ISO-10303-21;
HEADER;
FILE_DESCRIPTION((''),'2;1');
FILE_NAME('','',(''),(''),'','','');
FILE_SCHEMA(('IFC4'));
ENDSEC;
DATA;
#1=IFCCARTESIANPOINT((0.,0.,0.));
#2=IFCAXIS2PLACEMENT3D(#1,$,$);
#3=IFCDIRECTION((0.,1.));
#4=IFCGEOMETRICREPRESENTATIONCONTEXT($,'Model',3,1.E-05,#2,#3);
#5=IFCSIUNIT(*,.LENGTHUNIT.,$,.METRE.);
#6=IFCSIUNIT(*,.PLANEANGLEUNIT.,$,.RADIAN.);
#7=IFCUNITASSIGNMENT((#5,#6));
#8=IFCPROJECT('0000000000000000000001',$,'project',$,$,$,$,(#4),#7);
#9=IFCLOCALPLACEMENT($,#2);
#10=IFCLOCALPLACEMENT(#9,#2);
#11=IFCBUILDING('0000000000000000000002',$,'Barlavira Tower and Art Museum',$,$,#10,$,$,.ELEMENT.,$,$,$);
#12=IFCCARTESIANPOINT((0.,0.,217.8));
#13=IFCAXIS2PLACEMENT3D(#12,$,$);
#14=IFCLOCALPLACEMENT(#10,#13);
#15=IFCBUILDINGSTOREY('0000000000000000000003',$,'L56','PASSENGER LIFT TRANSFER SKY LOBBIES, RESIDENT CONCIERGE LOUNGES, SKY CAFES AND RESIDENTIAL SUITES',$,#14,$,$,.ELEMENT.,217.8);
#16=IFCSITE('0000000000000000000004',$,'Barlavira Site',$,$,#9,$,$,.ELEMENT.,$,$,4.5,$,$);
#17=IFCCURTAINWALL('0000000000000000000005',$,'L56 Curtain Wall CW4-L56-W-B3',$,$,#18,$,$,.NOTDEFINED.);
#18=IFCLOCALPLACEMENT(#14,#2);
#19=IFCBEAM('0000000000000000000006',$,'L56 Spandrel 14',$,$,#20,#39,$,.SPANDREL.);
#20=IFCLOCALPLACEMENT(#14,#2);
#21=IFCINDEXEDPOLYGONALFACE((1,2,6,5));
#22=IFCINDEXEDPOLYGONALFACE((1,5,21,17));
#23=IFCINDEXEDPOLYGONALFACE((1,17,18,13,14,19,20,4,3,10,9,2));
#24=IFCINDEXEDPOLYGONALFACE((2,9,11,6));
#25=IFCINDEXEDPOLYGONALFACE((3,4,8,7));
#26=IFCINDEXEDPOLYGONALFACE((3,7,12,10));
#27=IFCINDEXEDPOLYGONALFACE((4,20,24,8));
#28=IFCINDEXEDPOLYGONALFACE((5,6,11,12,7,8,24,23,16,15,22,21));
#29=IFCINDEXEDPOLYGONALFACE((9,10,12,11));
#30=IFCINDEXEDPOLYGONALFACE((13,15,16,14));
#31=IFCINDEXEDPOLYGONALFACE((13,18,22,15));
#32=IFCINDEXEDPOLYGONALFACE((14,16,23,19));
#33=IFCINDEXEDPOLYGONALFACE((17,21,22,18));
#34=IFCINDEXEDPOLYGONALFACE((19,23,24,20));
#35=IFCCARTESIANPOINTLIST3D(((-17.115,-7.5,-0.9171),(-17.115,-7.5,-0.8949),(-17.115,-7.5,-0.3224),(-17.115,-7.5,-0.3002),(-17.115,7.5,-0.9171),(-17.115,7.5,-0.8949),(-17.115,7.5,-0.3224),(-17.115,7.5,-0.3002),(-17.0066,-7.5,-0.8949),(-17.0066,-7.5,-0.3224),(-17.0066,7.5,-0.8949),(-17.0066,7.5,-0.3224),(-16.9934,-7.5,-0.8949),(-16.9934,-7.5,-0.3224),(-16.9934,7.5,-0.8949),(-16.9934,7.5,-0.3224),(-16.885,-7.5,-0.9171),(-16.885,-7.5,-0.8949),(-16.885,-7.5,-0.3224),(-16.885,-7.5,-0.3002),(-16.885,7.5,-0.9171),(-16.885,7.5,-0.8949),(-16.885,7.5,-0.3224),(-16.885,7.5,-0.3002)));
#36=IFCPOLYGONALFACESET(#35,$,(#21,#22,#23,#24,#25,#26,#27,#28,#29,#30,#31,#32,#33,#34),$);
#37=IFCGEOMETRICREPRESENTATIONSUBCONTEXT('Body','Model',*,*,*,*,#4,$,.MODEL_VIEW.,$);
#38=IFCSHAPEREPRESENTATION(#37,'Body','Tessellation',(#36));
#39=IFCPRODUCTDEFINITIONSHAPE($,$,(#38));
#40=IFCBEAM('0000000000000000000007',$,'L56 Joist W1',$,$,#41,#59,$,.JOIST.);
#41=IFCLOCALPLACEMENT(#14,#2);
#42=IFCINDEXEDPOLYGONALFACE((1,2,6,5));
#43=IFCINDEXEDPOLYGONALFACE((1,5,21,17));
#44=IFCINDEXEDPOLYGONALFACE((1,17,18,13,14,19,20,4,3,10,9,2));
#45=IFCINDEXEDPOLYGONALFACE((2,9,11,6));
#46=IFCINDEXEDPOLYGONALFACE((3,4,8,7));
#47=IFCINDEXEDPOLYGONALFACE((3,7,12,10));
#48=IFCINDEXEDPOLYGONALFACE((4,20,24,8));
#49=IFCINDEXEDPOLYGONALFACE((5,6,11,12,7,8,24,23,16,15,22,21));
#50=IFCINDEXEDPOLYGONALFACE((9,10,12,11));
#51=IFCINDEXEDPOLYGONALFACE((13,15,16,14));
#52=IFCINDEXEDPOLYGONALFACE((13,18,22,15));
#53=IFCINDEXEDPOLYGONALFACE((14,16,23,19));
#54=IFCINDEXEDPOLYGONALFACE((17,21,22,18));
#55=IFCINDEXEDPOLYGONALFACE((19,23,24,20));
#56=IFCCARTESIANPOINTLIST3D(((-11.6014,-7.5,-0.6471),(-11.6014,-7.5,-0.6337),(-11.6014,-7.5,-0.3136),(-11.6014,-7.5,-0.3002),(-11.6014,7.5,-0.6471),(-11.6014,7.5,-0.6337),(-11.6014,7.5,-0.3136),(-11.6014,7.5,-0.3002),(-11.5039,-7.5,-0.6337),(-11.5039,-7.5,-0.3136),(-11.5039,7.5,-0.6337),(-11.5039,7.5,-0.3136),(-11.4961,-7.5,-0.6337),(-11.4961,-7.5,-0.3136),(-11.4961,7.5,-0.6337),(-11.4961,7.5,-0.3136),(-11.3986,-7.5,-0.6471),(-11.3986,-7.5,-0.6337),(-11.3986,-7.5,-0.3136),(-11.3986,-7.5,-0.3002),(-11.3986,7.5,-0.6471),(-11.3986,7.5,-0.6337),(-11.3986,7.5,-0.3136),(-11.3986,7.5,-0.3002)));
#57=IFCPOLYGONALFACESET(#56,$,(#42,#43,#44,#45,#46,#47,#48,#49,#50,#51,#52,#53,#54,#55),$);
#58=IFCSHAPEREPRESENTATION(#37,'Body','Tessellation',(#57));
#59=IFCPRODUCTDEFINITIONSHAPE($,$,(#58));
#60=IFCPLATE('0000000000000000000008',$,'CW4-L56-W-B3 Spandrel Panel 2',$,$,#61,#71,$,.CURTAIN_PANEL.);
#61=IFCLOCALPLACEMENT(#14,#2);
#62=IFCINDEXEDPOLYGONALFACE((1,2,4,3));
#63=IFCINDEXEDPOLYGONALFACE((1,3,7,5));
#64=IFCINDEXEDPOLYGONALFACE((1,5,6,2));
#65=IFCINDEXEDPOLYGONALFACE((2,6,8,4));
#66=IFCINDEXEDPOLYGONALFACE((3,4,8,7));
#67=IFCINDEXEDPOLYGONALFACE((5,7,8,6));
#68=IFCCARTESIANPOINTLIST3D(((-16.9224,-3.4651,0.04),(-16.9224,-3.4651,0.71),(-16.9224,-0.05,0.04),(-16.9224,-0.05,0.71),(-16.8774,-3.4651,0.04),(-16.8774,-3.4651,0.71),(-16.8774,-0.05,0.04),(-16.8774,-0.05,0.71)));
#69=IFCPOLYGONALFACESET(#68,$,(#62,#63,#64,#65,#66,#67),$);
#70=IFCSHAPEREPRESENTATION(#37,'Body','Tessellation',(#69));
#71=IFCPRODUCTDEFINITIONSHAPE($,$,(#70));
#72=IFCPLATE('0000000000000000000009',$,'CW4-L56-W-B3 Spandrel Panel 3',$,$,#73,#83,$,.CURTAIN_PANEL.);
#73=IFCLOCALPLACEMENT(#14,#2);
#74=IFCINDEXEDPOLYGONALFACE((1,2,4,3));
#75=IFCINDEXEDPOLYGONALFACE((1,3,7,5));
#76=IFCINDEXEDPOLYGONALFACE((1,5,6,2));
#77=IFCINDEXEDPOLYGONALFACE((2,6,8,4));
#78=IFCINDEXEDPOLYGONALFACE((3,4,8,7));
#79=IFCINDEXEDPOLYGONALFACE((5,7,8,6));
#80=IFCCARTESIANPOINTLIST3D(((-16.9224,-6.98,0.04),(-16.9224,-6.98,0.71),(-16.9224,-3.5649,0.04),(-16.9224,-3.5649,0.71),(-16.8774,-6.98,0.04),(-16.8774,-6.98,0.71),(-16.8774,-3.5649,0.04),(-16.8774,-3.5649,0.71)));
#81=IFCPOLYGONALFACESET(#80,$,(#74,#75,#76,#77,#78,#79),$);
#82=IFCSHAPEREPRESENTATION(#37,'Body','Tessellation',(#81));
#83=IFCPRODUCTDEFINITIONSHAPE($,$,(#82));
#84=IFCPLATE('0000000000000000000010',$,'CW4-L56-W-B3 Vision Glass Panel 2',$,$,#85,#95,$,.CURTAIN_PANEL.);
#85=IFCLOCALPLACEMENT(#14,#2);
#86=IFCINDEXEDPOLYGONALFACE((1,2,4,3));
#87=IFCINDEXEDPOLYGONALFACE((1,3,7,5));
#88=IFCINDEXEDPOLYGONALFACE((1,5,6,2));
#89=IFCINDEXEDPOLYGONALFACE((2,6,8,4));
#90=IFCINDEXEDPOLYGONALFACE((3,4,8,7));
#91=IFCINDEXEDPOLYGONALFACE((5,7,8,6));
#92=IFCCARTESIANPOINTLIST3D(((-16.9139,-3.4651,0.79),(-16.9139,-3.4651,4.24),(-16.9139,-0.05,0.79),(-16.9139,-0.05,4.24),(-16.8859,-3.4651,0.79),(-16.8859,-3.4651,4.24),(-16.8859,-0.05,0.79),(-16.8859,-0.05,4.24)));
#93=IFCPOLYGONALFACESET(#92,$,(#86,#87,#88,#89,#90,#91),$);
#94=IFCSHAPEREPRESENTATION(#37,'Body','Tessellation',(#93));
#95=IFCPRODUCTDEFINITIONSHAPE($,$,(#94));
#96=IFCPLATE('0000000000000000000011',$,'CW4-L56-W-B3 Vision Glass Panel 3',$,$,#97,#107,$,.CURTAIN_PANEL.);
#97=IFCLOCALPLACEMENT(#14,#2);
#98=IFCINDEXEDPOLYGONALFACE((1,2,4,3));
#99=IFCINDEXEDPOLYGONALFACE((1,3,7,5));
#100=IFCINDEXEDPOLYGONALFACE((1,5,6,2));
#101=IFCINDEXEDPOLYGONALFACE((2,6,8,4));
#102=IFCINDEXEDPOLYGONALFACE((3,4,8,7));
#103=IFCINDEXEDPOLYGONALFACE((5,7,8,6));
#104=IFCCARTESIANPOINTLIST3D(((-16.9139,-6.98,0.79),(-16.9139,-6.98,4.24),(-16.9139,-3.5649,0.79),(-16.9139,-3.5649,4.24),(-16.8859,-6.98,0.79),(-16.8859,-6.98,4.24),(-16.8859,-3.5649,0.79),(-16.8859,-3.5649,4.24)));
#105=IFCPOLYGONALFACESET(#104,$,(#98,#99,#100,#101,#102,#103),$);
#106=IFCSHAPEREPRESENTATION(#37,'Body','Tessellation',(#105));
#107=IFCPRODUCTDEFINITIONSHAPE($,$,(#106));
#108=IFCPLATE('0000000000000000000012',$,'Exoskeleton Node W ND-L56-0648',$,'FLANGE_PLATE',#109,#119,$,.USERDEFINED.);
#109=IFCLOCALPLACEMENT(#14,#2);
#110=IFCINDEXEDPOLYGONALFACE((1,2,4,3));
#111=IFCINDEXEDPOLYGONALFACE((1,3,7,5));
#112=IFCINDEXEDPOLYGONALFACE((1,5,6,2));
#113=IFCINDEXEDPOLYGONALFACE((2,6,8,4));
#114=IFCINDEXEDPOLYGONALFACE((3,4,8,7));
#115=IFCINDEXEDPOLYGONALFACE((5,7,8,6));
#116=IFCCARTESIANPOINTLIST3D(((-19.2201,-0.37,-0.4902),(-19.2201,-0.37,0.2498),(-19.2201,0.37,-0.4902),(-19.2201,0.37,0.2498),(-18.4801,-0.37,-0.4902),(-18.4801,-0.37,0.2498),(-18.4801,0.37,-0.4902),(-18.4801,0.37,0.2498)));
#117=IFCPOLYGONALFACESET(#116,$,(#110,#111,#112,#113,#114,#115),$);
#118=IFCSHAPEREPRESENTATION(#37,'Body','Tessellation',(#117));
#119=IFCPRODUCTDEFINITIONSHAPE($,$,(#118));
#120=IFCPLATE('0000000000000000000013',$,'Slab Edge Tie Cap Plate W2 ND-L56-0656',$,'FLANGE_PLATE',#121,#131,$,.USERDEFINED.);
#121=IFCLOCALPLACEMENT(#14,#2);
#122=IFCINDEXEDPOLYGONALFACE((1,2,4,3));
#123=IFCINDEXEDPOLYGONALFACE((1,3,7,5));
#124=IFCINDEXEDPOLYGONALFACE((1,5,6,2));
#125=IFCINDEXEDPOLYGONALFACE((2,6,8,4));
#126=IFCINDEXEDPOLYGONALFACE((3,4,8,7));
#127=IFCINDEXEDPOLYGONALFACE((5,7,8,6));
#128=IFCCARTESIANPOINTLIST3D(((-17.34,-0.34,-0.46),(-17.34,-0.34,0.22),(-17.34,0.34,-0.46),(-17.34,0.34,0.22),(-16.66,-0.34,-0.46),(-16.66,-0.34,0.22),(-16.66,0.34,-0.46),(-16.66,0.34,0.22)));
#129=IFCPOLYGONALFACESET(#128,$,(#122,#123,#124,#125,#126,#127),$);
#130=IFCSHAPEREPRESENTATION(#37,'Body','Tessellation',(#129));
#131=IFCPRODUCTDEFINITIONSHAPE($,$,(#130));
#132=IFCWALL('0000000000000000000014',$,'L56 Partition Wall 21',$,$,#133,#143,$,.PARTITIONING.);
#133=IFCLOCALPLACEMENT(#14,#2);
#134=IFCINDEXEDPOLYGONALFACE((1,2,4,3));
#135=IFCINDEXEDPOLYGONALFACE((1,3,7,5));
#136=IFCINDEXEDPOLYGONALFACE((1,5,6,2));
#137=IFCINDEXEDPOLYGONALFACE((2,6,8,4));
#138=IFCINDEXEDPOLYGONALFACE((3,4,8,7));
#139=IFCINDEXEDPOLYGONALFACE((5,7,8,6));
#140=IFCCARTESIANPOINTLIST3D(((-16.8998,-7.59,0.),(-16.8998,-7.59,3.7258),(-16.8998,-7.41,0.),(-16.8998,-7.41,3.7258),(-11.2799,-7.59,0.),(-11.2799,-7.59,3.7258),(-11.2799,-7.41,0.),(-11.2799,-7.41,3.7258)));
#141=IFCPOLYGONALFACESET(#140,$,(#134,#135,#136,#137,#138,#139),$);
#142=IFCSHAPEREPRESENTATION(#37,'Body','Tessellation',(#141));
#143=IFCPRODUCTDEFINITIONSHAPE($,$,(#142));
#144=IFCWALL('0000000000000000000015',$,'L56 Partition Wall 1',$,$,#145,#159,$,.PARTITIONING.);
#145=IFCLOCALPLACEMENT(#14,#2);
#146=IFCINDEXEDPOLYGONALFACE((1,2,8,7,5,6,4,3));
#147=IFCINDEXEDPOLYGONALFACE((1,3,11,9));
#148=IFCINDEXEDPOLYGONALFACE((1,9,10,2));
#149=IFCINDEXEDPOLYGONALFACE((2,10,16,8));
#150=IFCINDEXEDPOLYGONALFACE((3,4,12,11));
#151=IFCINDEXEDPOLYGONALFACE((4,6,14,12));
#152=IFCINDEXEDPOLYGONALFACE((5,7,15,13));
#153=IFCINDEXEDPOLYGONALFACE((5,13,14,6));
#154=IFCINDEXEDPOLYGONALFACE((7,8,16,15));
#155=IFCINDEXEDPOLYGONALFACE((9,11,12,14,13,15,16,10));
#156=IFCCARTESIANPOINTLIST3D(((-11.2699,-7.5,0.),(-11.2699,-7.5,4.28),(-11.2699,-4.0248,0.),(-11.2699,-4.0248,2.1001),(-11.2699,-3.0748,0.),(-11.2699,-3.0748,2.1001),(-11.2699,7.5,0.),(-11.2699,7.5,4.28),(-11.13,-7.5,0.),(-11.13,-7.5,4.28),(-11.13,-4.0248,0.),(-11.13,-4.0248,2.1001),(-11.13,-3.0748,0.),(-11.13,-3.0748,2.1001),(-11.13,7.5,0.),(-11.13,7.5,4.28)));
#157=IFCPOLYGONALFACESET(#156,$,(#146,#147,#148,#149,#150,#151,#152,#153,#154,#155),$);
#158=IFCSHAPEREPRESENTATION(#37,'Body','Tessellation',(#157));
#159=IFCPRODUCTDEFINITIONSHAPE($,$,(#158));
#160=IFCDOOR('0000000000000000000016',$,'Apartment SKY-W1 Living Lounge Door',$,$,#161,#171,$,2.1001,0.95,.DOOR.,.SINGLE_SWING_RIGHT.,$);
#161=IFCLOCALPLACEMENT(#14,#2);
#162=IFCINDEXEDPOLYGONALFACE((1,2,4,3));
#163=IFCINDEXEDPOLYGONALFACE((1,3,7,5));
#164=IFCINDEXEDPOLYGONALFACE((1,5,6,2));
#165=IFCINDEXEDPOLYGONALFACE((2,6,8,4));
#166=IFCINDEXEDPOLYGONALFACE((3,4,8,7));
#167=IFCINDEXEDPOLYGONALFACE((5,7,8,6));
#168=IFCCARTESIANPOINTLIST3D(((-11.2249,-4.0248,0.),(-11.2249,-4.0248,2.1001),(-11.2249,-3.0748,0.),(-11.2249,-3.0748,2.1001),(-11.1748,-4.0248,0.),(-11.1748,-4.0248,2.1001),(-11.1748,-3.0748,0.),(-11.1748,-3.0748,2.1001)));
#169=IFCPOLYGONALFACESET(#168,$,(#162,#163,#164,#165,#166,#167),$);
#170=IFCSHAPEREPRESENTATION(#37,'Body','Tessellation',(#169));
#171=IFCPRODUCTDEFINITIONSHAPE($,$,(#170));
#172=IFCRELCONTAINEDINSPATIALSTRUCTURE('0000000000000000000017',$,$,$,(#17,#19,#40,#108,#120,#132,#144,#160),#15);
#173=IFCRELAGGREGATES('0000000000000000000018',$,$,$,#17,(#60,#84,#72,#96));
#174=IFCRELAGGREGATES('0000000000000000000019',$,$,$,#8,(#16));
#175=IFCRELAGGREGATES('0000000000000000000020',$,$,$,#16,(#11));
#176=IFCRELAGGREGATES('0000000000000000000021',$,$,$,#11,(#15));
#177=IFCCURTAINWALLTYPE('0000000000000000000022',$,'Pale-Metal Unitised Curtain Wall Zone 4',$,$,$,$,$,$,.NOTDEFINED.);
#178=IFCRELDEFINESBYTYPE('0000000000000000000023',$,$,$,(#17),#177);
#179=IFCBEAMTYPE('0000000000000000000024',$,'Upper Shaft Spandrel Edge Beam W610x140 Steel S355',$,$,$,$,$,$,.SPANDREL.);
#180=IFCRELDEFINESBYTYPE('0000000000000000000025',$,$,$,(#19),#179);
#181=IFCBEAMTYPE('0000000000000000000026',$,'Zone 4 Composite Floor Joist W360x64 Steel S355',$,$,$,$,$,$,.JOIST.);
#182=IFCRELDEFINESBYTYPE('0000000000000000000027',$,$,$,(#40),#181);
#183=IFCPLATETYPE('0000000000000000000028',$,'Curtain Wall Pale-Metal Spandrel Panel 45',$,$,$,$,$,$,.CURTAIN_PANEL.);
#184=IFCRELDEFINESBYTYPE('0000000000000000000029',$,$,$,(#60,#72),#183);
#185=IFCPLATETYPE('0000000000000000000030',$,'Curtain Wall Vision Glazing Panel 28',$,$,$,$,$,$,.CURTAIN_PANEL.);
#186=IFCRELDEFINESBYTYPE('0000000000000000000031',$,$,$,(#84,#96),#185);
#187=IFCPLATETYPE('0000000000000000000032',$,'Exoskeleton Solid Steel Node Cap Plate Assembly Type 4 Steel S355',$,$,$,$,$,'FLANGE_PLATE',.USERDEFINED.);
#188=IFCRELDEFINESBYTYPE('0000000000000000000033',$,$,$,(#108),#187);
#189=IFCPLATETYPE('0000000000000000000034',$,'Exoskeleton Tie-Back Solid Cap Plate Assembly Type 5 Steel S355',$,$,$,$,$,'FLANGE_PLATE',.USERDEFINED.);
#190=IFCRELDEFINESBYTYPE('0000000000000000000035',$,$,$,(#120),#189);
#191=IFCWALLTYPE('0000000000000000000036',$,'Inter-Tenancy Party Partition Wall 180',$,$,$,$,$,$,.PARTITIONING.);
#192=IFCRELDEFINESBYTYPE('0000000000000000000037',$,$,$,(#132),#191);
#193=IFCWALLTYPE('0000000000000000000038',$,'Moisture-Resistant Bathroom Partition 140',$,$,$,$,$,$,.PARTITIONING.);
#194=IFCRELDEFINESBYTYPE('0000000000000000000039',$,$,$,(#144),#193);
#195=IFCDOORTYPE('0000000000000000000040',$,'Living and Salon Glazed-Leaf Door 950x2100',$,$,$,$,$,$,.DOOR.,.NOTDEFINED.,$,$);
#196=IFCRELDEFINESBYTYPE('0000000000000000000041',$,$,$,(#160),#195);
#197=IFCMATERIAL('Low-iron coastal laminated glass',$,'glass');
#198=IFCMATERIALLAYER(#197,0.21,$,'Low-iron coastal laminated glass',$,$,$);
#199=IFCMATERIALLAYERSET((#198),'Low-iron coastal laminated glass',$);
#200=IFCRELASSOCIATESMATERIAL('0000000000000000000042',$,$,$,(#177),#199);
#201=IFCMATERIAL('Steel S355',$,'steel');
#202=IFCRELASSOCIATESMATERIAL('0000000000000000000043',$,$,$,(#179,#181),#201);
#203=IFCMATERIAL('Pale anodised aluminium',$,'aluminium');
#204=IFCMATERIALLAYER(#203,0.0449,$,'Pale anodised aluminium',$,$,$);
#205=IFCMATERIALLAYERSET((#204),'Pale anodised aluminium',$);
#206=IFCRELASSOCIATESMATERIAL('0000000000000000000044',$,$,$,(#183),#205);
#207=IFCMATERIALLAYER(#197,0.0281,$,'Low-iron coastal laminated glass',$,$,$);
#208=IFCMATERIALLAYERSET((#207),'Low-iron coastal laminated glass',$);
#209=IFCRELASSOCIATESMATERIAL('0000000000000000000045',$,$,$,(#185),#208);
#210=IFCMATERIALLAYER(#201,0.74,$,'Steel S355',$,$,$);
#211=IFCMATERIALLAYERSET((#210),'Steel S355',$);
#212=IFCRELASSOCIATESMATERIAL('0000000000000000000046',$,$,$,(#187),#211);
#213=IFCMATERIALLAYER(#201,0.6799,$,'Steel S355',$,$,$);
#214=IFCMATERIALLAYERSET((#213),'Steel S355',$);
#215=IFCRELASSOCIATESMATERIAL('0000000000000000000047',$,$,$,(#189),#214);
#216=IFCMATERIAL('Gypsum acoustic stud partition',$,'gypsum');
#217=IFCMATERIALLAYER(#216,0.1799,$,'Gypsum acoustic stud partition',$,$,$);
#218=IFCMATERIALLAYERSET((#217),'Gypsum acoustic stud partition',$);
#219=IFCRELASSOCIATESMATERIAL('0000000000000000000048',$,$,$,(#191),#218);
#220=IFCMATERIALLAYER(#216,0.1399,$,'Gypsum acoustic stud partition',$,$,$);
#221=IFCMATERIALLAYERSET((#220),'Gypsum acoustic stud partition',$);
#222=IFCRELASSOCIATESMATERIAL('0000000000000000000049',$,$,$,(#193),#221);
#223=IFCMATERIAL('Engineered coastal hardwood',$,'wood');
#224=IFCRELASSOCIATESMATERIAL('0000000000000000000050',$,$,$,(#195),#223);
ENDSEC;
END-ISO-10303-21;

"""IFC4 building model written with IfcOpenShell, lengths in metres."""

from ifc_helpers import new_model, si_unit, direction, frame, frame_2d, origin, origin_2d, place, context, subcontext, project, spatial, rectangle, i_section, extrude, material, layer, layer_set, material_profile, profile_set, type_object, element, fill, aggregate, save


model = new_model("IFC4")

# Units and contexts
model_context = context("Model", 3, precision=1e-05, world=origin(), true_north=direction((0.0, 1.0)))
body_context = subcontext(model_context, "Body", "Model", "MODEL_VIEW")
ifc_project = project(units=[si_unit("LENGTHUNIT", "METRE"), si_unit("PLANEANGLEUNIT", "RADIAN")], contexts=[model_context])

# Site, building, storey
site_placement = place(None, origin())
site = spatial("IfcSite", under=ifc_project, at=site_placement, Name="Barlavira Site", CompositionType="ELEMENT", RefElevation=4.5)
building_placement = place(site_placement, origin())
building = spatial("IfcBuilding", under=site, at=building_placement, Name="Barlavira Tower and Art Museum", CompositionType="ELEMENT")
storey_placement = place(building_placement, frame((0.0, 0.0, 217.8)))
storey = spatial("IfcBuildingStorey", under=building, at=storey_placement, Name="L56", Description="PASSENGER LIFT TRANSFER SKY LOBBIES, RESIDENT CONCIERGE LOUNGES, SKY CAFES AND RESIDENTIAL SUITES", CompositionType="ELEMENT", Elevation=217.8)

# Curtain wall
ifc_material_1 = material(Name="Low-iron coastal laminated glass", Category="glass")
ifc_layer_1 = layer(ifc_material_1, 0.21, Name="Low-iron coastal laminated glass")
ifc_layer_set_1 = layer_set([ifc_layer_1], Name="Low-iron coastal laminated glass")
curtain_wall_type = type_object("IfcCurtainWallType", Name="Pale-Metal Unitised Curtain Wall Zone 4", PredefinedType="NOTDEFINED", material=ifc_layer_set_1)
curtain_wall_placement = place(storey_placement, origin())
curtain_wall = element("IfcCurtainWall", 1, at=curtain_wall_placement, inside=storey, type_object=curtain_wall_type, Name="L56 Curtain Wall CW4-L56-W-B3", PredefinedType="NOTDEFINED")
ifc_material_2 = material(Name="Pale anodised aluminium", Category="aluminium")

# Shared definitions
ifc_material_3 = material(Name="Steel S355", Category="steel")

# Beams
ifc_material_profile_1 = material_profile(ifc_material_3, i_section(OverallWidth=0.23, OverallDepth=0.6169, WebThickness=0.0132, FlangeThickness=0.0222, at=origin_2d()), Name="W610x140.0")
ifc_profile_set_1 = profile_set([ifc_material_profile_1], Name="Steel S355")
beam_type_1 = type_object("IfcBeamType", Name="Upper Shaft Spandrel Edge Beam W610x140 Steel S355", PredefinedType="SPANDREL", material=ifc_profile_set_1)
beam_1_placement = place(storey_placement, frame((-17.0, -7.5, -0.6086), z_axis=(0.0, 1.0, 0.0), x_axis=(-1.0, 0.0, 0.0)))
element("IfcBeam", 2, at=beam_1_placement, inside=storey, type_object=beam_type_1, Name="L56 Spandrel 14", PredefinedType="SPANDREL", context=body_context, shape_type="SweptSolid", body=[
    extrude(i_section(OverallWidth=0.23, OverallDepth=0.6169, WebThickness=0.0132, FlangeThickness=0.0222, at=origin_2d()), origin(), (0.0, 0.0, 1.0), 15.0),
])
ifc_material_profile_2 = material_profile(ifc_material_3, i_section(OverallWidth=0.2029, OverallDepth=0.3469, WebThickness=0.0078, FlangeThickness=0.0134, at=origin_2d()), Name="W360x64.0")
ifc_profile_set_2 = profile_set([ifc_material_profile_2], Name="Steel S355")
beam_type_2 = type_object("IfcBeamType", Name="Zone 4 Composite Floor Joist W360x64 Steel S355", PredefinedType="JOIST", material=ifc_profile_set_2)
beam_2_placement = place(storey_placement, frame((-11.5, -7.5, -0.4736), z_axis=(0.0, 1.0, 0.0), x_axis=(-1.0, 0.0, 0.0)))
element("IfcBeam", 3, at=beam_2_placement, inside=storey, type_object=beam_type_2, Name="L56 Joist W1", PredefinedType="JOIST", context=body_context, shape_type="SweptSolid", body=[
    extrude(i_section(OverallWidth=0.2029, OverallDepth=0.3469, WebThickness=0.0078, FlangeThickness=0.0134, at=origin_2d()), origin(), (0.0, 0.0, 1.0), 15.0),
])

# Plates
ifc_layer_2 = layer(ifc_material_2, 0.0449, Name="Pale anodised aluminium")
ifc_layer_set_2 = layer_set([ifc_layer_2], Name="Pale anodised aluminium")
plate_type_1 = type_object("IfcPlateType", Name="Curtain Wall Pale-Metal Spandrel Panel 45", PredefinedType="CURTAIN_PANEL", material=ifc_layer_set_2)
plate_1_placement = place(storey_placement, frame((-16.8999, -1.7576, 0.04), z_axis=(0.0, 0.0, 1.0), x_axis=(0.0, -1.0, 0.0)))
plate_1 = element("IfcPlate", 4, at=plate_1_placement, type_object=plate_type_1, Name="CW4-L56-W-B3 Spandrel Panel 2", PredefinedType="CURTAIN_PANEL", context=body_context, shape_type="SweptSolid", body=[
    extrude(rectangle(XDim=3.415, YDim=0.0449, at=origin_2d()), origin(), (0.0, 0.0, 1.0), 0.6699),
])
plate_2_placement = place(storey_placement, frame((-16.8999, -5.2725, 0.04), z_axis=(0.0, 0.0, 1.0), x_axis=(0.0, -1.0, 0.0)))
plate_2 = element("IfcPlate", 5, at=plate_2_placement, type_object=plate_type_1, Name="CW4-L56-W-B3 Spandrel Panel 3", PredefinedType="CURTAIN_PANEL", context=body_context, shape_type="SweptSolid", body=[
    extrude(rectangle(XDim=3.415, YDim=0.0449, at=origin_2d()), origin(), (0.0, 0.0, 1.0), 0.6699),
])
ifc_layer_3 = layer(ifc_material_1, 0.0281, Name="Low-iron coastal laminated glass")
ifc_layer_set_3 = layer_set([ifc_layer_3], Name="Low-iron coastal laminated glass")
plate_type_2 = type_object("IfcPlateType", Name="Curtain Wall Vision Glazing Panel 28", PredefinedType="CURTAIN_PANEL", material=ifc_layer_set_3)
plate_3_placement = place(storey_placement, frame((-16.8999, -1.7576, 0.79), z_axis=(0.0, 0.0, 1.0), x_axis=(0.0, -1.0, 0.0)))
plate_3 = element("IfcPlate", 6, at=plate_3_placement, type_object=plate_type_2, Name="CW4-L56-W-B3 Vision Glass Panel 2", PredefinedType="CURTAIN_PANEL", context=body_context, shape_type="SweptSolid", body=[
    extrude(rectangle(XDim=3.415, YDim=0.0281, at=origin_2d()), origin(), (0.0, 0.0, 1.0), 3.45),
])
plate_4_placement = place(storey_placement, frame((-16.8999, -5.2725, 0.79), z_axis=(0.0, 0.0, 1.0), x_axis=(0.0, -1.0, 0.0)))
plate_4 = element("IfcPlate", 7, at=plate_4_placement, type_object=plate_type_2, Name="CW4-L56-W-B3 Vision Glass Panel 3", PredefinedType="CURTAIN_PANEL", context=body_context, shape_type="SweptSolid", body=[
    extrude(rectangle(XDim=3.415, YDim=0.0281, at=origin_2d()), origin(), (0.0, 0.0, 1.0), 3.45),
])
aggregate(curtain_wall, [plate_1, plate_3, plate_2, plate_4])

# Plates
ifc_layer_4 = layer(ifc_material_3, 0.74, Name="Steel S355")
ifc_layer_set_4 = layer_set([ifc_layer_4], Name="Steel S355")
plate_type_3 = type_object("IfcPlateType", Name="Exoskeleton Solid Steel Node Cap Plate Assembly Type 4 Steel S355", ElementType="FLANGE_PLATE", PredefinedType="USERDEFINED", material=ifc_layer_set_4)
plate_5_placement = place(storey_placement, frame((-18.8501, 0.0, -0.4902), z_axis=(0.0, 0.0, 1.0), x_axis=(1.0, 0.0, 0.0)))
element("IfcPlate", 8, at=plate_5_placement, inside=storey, type_object=plate_type_3, Name="Exoskeleton Node W ND-L56-0648", ObjectType="FLANGE_PLATE", PredefinedType="USERDEFINED", context=body_context, shape_type="SweptSolid", body=[
    extrude(rectangle(XDim=0.74, YDim=0.74, at=origin_2d()), origin(), (0.0, 0.0, 1.0), 0.74),
])
ifc_layer_5 = layer(ifc_material_3, 0.6799, Name="Steel S355")
ifc_layer_set_5 = layer_set([ifc_layer_5], Name="Steel S355")
plate_type_4 = type_object("IfcPlateType", Name="Exoskeleton Tie-Back Solid Cap Plate Assembly Type 5 Steel S355", ElementType="FLANGE_PLATE", PredefinedType="USERDEFINED", material=ifc_layer_set_5)
plate_6_placement = place(storey_placement, frame((-17.0, 0.0, -0.46), z_axis=(0.0, 0.0, 1.0), x_axis=(1.0, 0.0, 0.0)))
element("IfcPlate", 9, at=plate_6_placement, inside=storey, type_object=plate_type_4, Name="Slab Edge Tie Cap Plate W2 ND-L56-0656", ObjectType="FLANGE_PLATE", PredefinedType="USERDEFINED", context=body_context, shape_type="SweptSolid", body=[
    extrude(rectangle(XDim=0.6799, YDim=0.6799, at=origin_2d()), origin(), (0.0, 0.0, 1.0), 0.6799),
])

# Wall
ifc_material_4 = material(Name="Gypsum acoustic stud partition", Category="gypsum")
ifc_layer_6 = layer(ifc_material_4, 0.1799, Name="Gypsum acoustic stud partition")
ifc_layer_set_6 = layer_set([ifc_layer_6], Name="Gypsum acoustic stud partition")
wall_type_1 = type_object("IfcWallType", Name="Inter-Tenancy Party Partition Wall 180", PredefinedType="PARTITIONING", material=ifc_layer_set_6)
wall_1_placement = place(storey_placement, frame((-16.8999, -7.5, 0.0), z_axis=(0.0, 0.0, 1.0), x_axis=(1.0, 0.0, 0.0)))
element("IfcWall", 10, at=wall_1_placement, inside=storey, type_object=wall_type_1, Name="L56 Partition Wall 21", PredefinedType="PARTITIONING", context=body_context, shape_type="SweptSolid", body=[
    extrude(rectangle(XDim=5.6199, YDim=0.1799, at=frame_2d((2.8101, 0.0))), origin(), (0.0, 0.0, 1.0), 3.7258),
])

# Wall, opening, door
ifc_layer_7 = layer(ifc_material_4, 0.1399, Name="Gypsum acoustic stud partition")
ifc_layer_set_7 = layer_set([ifc_layer_7], Name="Gypsum acoustic stud partition")
wall_type_2 = type_object("IfcWallType", Name="Moisture-Resistant Bathroom Partition 140", PredefinedType="PARTITIONING", material=ifc_layer_set_7)
wall_2_placement = place(storey_placement, frame((-11.2, -7.5, 0.0), z_axis=(0.0, 0.0, 1.0), x_axis=(0.0, 1.0, 0.0)))
wall_2 = element("IfcWall", 11, at=wall_2_placement, inside=storey, type_object=wall_type_2, Name="L56 Partition Wall 1", PredefinedType="PARTITIONING", context=body_context, shape_type="SweptSolid", body=[
    extrude(rectangle(XDim=15.0, YDim=0.1399, at=frame_2d((7.5, 0.0))), origin(), (0.0, 0.0, 1.0), 4.28),
])
opening_placement = place(wall_2_placement, frame((3.4751, 0.0, 0.0)))
opening = element("IfcOpeningElement", 12, at=opening_placement, cuts=wall_2, PredefinedType="OPENING", context=body_context, shape_type="SweptSolid", body=[
    extrude(rectangle(XDim=0.95, YDim=2.1001, at=frame_2d((0.4751, 1.05))), frame((0.0, 0.0801, 0.0), z_axis=(0.0, -1.0, 0.0), x_axis=(1.0, 0.0, 0.0)), (0.0, 0.0, 1.0), 0.1599),
])
ifc_material_5 = material(Name="Engineered coastal hardwood", Category="wood")
door_type = type_object("IfcDoorType", Name="Living and Salon Glazed-Leaf Door 950x2100", OperationType="NOTDEFINED", PredefinedType="DOOR", material=ifc_material_5)
door_placement = place(opening_placement, origin())
door = element("IfcDoor", 13, at=door_placement, inside=storey, type_object=door_type, Name="Apartment SKY-W1 Living Lounge Door", OperationType="SINGLE_SWING_RIGHT", OverallHeight=2.1001, OverallWidth=0.95, PredefinedType="DOOR", context=body_context, shape_type="SweptSolid", body=[
    extrude(rectangle(XDim=0.95, YDim=2.1001, at=frame_2d((0.4751, 1.05))), frame((0.0, 0.0249, 0.0), z_axis=(0.0, -1.0, 0.0), x_axis=(1.0, 0.0, 0.0)), (0.0, 0.0, 1.0), 0.05),
])
fill(opening, door)

save(model, "model.ifc")
